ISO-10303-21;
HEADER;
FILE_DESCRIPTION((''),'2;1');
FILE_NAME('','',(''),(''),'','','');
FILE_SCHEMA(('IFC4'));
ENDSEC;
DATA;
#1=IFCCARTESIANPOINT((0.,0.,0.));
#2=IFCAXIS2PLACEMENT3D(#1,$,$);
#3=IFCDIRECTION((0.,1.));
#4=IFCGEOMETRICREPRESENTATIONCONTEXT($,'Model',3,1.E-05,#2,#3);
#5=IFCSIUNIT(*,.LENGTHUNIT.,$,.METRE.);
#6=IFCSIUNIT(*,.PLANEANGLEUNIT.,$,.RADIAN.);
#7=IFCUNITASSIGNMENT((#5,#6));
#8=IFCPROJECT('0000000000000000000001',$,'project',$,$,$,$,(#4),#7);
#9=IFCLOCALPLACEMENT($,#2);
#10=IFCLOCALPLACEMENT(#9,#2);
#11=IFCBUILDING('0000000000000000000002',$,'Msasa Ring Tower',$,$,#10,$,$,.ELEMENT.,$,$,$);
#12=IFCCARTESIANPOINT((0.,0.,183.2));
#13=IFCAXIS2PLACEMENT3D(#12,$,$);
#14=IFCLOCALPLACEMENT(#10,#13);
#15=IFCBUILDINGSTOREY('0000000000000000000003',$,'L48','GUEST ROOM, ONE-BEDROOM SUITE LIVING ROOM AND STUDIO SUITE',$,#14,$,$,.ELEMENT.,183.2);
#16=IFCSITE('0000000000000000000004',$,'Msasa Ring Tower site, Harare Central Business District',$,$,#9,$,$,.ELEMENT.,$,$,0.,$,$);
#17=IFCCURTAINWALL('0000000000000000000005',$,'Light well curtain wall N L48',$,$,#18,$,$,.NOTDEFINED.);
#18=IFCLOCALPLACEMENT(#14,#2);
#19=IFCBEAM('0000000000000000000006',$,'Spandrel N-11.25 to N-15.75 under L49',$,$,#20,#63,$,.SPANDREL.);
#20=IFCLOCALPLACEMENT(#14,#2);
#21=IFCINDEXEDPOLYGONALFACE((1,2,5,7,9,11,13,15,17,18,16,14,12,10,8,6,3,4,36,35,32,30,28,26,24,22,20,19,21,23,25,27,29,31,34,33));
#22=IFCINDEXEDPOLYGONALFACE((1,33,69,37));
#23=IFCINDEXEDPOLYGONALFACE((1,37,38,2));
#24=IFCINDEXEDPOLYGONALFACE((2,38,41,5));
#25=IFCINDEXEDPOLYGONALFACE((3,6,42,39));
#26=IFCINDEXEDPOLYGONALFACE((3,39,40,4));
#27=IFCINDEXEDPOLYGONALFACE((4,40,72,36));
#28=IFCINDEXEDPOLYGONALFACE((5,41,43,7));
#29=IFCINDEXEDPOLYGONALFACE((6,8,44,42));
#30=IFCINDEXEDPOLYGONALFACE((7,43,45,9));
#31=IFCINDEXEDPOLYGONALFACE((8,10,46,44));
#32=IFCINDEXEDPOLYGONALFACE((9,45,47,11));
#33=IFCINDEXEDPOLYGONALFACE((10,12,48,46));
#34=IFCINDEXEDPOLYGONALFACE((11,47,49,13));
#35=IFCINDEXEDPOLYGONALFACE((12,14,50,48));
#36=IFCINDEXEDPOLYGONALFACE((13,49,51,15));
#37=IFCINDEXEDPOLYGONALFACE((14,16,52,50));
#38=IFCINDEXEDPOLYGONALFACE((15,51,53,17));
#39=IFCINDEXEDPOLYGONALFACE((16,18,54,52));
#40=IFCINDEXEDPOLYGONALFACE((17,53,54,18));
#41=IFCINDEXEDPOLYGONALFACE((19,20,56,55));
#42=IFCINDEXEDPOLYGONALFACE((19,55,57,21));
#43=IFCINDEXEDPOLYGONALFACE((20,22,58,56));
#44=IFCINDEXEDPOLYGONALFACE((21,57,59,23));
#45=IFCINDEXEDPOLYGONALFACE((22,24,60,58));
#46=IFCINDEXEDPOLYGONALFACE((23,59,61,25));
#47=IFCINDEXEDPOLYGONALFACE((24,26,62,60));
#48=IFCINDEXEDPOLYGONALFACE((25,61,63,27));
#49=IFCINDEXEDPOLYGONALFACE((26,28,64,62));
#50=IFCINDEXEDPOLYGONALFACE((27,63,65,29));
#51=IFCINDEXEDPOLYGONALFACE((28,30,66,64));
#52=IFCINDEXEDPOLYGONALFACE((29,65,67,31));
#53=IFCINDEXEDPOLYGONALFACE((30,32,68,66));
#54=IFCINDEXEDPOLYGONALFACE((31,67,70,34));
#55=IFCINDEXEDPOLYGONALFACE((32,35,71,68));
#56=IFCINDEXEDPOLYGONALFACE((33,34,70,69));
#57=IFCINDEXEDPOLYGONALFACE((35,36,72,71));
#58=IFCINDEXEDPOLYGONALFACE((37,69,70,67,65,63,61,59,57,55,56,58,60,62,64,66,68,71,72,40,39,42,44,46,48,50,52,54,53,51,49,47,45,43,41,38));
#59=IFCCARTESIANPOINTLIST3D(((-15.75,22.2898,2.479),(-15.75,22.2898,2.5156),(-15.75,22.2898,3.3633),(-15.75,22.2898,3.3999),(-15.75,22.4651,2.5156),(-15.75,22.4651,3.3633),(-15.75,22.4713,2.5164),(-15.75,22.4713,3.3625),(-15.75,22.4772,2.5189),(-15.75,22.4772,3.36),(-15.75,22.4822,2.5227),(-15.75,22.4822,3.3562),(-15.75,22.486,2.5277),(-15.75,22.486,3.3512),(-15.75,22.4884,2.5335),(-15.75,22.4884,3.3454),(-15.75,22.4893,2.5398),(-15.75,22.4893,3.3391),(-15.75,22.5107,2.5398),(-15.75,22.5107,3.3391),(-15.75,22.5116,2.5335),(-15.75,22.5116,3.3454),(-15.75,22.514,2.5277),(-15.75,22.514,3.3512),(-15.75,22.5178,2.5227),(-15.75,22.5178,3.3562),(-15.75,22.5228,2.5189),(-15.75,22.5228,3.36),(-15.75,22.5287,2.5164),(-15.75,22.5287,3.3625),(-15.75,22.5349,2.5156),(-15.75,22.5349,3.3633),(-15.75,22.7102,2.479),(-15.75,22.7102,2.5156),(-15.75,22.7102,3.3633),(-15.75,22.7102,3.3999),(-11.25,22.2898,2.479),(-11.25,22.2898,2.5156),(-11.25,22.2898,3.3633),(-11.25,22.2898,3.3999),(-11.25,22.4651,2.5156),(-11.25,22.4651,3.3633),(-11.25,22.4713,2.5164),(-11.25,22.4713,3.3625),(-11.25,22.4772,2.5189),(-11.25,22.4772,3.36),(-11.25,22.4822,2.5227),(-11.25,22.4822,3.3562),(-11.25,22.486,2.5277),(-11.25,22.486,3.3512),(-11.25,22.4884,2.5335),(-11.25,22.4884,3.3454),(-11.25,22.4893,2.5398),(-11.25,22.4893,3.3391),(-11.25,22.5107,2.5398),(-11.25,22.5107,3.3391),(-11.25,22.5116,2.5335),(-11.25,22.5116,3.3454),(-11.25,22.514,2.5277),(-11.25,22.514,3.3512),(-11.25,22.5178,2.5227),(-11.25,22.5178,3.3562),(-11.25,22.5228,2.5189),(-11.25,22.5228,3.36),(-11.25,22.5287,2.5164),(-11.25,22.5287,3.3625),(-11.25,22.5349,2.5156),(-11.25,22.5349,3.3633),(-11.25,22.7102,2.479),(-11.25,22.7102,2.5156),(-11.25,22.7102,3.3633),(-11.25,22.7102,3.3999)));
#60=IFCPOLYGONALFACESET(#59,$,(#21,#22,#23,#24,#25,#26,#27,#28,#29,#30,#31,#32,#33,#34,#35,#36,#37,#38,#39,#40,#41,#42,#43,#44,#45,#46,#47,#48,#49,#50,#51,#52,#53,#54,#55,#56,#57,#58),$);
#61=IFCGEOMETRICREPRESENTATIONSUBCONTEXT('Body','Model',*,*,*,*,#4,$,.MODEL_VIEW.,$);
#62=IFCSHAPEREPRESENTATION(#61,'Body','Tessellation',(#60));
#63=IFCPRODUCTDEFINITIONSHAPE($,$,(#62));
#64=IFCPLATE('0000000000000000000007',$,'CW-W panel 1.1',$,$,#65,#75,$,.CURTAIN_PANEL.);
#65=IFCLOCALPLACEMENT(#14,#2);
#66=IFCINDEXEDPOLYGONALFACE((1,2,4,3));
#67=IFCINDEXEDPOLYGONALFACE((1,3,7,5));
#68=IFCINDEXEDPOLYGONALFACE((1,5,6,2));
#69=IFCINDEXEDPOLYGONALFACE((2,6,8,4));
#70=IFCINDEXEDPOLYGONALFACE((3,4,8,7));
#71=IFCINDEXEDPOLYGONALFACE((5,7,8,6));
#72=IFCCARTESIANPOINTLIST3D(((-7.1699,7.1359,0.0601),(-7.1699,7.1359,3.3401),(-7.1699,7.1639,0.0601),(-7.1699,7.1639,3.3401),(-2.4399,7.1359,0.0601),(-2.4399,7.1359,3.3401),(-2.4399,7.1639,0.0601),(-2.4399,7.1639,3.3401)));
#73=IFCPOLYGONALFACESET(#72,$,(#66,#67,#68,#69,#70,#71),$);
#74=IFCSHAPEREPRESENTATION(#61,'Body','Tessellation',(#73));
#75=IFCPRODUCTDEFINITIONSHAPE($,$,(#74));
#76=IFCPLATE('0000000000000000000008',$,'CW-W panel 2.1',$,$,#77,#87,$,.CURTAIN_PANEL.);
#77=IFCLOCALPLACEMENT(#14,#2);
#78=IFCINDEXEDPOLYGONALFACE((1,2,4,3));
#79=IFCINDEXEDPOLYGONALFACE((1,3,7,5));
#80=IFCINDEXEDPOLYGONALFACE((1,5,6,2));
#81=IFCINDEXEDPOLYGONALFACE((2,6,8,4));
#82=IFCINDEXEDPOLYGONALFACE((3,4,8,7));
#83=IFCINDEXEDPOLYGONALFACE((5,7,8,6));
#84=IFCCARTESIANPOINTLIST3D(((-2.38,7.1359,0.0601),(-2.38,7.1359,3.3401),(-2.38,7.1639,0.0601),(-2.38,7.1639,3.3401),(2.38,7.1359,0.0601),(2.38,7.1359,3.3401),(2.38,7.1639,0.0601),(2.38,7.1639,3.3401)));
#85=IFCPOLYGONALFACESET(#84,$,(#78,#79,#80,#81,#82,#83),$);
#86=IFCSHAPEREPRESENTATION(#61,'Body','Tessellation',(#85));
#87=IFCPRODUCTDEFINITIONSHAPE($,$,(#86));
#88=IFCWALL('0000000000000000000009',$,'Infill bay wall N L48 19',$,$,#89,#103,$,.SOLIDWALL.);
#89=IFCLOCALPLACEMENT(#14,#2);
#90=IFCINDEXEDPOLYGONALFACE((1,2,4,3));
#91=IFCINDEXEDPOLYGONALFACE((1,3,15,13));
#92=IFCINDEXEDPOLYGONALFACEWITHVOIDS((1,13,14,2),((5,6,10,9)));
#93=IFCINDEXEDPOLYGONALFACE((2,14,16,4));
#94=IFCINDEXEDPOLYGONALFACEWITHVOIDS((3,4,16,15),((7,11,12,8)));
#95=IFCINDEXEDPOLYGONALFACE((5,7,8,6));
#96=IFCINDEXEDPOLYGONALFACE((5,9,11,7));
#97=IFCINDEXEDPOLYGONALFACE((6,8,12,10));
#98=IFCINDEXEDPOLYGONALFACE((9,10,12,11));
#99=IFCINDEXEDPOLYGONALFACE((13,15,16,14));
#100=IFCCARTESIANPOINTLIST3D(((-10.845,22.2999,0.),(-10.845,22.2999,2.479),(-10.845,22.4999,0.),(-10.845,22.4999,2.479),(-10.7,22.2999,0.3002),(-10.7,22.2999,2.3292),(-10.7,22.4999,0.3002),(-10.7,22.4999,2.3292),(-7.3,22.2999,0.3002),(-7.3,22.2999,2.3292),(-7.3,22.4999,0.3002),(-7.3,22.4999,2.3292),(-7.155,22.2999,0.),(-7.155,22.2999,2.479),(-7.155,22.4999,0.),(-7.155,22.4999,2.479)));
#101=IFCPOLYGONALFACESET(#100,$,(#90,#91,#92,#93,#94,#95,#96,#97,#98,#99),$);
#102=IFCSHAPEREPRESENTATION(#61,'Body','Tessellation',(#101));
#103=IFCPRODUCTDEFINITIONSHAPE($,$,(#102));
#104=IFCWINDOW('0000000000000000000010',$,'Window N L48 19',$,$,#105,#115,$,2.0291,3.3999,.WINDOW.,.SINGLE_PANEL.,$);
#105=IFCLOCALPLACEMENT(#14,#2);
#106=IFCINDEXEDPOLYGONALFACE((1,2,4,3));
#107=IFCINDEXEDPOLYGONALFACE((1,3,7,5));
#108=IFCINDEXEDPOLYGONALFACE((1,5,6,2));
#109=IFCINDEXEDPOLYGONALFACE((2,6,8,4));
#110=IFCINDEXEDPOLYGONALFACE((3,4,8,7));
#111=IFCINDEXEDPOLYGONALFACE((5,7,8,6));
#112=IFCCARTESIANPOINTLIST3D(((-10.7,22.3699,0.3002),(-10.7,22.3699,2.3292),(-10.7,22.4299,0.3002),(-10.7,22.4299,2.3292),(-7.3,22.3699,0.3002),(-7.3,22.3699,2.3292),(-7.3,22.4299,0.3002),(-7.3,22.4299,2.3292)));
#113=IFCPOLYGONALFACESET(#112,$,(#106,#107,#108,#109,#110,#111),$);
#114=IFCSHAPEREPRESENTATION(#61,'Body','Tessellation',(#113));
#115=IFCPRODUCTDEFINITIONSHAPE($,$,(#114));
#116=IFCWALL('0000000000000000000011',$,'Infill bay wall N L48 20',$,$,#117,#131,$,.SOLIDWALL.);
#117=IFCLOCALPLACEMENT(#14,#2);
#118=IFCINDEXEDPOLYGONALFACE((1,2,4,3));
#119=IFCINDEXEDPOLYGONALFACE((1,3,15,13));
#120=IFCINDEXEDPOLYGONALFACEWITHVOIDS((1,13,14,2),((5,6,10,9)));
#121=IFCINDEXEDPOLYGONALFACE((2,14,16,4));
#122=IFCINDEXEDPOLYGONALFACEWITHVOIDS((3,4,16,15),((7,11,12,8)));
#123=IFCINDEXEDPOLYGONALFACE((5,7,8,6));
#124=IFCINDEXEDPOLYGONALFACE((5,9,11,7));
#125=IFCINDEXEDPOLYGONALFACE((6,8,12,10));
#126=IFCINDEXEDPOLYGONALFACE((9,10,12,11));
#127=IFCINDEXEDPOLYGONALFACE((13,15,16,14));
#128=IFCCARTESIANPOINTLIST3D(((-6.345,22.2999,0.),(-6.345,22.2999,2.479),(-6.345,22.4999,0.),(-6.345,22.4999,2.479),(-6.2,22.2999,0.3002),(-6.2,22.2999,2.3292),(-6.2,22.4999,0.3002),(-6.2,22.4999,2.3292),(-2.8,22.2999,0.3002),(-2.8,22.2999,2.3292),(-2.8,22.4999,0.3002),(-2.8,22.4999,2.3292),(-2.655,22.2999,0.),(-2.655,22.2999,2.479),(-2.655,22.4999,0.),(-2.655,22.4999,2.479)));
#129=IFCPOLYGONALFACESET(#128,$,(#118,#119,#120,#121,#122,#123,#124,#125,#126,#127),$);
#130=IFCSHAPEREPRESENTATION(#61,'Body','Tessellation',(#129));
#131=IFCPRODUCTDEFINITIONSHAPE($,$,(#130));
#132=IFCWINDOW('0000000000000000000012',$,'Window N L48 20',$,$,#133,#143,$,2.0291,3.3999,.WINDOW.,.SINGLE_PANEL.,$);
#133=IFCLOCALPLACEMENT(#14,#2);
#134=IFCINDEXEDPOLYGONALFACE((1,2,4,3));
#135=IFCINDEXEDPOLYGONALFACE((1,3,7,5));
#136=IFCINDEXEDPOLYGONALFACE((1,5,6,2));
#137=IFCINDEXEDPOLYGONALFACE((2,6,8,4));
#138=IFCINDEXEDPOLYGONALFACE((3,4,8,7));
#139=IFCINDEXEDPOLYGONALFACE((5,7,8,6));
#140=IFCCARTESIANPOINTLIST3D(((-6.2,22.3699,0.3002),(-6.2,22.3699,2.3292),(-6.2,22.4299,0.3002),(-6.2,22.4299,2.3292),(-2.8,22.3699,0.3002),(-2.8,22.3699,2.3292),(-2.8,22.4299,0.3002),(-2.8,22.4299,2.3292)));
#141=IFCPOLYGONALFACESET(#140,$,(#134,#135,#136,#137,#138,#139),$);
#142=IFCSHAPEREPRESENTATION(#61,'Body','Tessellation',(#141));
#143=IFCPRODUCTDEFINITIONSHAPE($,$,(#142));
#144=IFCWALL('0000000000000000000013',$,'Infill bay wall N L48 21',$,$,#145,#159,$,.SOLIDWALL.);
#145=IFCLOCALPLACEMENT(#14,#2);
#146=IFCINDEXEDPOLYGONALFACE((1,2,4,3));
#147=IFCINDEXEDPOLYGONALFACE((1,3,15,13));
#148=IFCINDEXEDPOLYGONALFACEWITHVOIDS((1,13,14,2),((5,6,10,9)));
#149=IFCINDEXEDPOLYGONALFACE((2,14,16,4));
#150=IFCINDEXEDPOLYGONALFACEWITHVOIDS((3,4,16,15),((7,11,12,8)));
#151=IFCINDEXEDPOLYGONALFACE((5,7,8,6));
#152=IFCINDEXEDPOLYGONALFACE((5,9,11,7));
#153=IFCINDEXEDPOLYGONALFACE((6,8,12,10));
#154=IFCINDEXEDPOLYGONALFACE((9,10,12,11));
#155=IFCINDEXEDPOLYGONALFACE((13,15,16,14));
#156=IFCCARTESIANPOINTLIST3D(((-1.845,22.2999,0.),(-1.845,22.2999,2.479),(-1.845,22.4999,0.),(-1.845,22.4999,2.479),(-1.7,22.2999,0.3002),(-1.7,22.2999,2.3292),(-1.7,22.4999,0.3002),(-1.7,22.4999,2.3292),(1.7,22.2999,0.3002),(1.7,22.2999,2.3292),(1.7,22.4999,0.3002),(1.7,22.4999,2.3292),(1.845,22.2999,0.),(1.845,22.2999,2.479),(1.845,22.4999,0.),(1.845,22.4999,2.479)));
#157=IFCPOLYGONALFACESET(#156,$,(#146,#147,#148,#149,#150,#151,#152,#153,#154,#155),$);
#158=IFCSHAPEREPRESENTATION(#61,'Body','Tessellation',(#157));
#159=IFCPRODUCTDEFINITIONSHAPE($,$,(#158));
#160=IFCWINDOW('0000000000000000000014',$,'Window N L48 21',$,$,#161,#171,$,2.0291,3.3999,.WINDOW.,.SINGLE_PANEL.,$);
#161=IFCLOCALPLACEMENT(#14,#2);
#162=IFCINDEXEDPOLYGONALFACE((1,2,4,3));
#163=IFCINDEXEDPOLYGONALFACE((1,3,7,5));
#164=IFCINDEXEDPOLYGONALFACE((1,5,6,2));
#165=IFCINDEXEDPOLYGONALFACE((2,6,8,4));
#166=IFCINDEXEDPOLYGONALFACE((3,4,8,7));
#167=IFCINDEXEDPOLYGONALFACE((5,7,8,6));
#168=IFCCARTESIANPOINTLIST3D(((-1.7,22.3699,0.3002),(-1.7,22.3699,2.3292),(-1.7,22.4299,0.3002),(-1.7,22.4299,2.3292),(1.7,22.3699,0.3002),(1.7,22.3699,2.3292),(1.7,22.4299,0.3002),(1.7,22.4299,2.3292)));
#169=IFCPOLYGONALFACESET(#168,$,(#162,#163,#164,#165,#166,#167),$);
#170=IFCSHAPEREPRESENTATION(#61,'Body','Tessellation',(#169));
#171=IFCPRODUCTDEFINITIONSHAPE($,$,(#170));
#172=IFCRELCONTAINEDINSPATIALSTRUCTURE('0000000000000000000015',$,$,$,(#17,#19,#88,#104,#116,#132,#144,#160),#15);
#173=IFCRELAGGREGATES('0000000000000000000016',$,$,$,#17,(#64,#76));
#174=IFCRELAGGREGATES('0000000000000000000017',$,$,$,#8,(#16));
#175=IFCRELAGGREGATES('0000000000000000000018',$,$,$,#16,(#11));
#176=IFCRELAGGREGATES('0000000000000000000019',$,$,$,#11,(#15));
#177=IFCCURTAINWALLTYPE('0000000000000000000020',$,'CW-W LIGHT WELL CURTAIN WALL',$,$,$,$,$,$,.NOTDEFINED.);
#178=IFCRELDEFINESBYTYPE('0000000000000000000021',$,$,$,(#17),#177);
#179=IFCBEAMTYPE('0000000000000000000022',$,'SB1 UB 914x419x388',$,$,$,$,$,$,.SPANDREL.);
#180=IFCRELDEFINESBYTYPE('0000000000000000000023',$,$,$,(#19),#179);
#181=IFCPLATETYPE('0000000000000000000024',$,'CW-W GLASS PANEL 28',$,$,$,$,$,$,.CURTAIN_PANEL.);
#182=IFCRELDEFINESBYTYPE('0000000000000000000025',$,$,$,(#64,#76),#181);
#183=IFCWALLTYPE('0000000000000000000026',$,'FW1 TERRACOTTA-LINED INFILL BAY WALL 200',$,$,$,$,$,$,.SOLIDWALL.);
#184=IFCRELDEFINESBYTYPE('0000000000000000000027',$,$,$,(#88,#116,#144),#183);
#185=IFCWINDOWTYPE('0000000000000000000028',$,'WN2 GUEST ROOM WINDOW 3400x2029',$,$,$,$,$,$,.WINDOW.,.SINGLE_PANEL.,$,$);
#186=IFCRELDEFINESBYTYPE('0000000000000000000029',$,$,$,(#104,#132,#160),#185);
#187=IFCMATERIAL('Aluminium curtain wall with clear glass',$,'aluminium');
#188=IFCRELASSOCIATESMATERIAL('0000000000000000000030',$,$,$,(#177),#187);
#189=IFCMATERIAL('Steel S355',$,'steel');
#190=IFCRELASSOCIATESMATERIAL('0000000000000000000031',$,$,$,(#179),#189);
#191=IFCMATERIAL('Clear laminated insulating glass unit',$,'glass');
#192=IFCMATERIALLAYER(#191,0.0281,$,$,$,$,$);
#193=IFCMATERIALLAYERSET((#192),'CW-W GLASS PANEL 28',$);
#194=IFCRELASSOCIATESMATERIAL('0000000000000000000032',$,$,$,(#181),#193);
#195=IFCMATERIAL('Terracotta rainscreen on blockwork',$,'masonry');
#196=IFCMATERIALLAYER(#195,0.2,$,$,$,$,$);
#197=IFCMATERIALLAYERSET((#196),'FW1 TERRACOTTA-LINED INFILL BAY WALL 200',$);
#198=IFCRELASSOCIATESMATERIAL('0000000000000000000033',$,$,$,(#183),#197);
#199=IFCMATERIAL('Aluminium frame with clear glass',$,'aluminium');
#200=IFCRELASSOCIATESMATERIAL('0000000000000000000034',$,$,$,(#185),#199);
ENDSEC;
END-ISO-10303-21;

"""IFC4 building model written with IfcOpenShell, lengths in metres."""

from ifc_helpers import new_model, si_unit, direction, frame, frame_2d, origin, origin_2d, place, context, subcontext, project, spatial, rectangle, i_section, extrude, material, layer, layer_set, material_profile, profile_set, type_object, element, fill, aggregate, save


model = new_model("IFC4")

# Units and contexts
model_context = context("Model", 3, precision=1e-05, world=origin(), true_north=direction((0.0, 1.0)))
body_context = subcontext(model_context, "Body", "Model", "MODEL_VIEW")
ifc_project = project(units=[si_unit("LENGTHUNIT", "METRE"), si_unit("PLANEANGLEUNIT", "RADIAN")], contexts=[model_context])

# Site, building, storey
site_placement = place(None, origin())
site = spatial("IfcSite", under=ifc_project, at=site_placement, Name="Msasa Ring Tower site, Harare Central Business District", CompositionType="ELEMENT", RefElevation=0.0)
building_placement = place(site_placement, origin())
building = spatial("IfcBuilding", under=site, at=building_placement, Name="Msasa Ring Tower", CompositionType="ELEMENT")
storey_placement = place(building_placement, frame((0.0, 0.0, 183.2)))
storey = spatial("IfcBuildingStorey", under=building, at=storey_placement, Name="L48", Description="GUEST ROOM, ONE-BEDROOM SUITE LIVING ROOM AND STUDIO SUITE", CompositionType="ELEMENT", Elevation=183.2)

# Curtain wall
ifc_material_1 = material(Name="Aluminium curtain wall with clear glass", Category="aluminium")
curtain_wall_type = type_object("IfcCurtainWallType", Name="CW-W LIGHT WELL CURTAIN WALL", PredefinedType="NOTDEFINED", material=ifc_material_1)
curtain_wall_placement = place(storey_placement, origin())
curtain_wall = element("IfcCurtainWall", 1, at=curtain_wall_placement, inside=storey, type_object=curtain_wall_type, Name="Light well curtain wall N L48", PredefinedType="NOTDEFINED")

# Beam
ifc_material_2 = material(Name="Steel S355", Category="steel")
ifc_material_profile_1 = material_profile(ifc_material_2, i_section(OverallWidth=0.4204, OverallDepth=0.9209, WebThickness=0.0215, FlangeThickness=0.0366, FilletRadius=0.0242, at=origin_2d()), Name="UB 914x419x388")
ifc_profile_set_1 = profile_set([ifc_material_profile_1], Name="Steel S355")
beam_type_1 = type_object("IfcBeamType", Name="SB1 UB 914x419x388", PredefinedType="SPANDREL", material=ifc_profile_set_1)
for number, where, z_axis, x_axis, name in (
    (2, (-11.25, 22.5, 2.9395), (-1.0, 0.0, 0.0), (0.0, -1.0, 0.0), "Spandrel N-11.25 to N-15.75 under L49"),
):
    element("IfcBeam", number, at=place(storey_placement, frame(where, z_axis=z_axis, x_axis=x_axis)), inside=storey, type_object=beam_type_1, Name=name, PredefinedType="SPANDREL", context=body_context, shape_type="SweptSolid", body=[
        extrude(i_section(OverallWidth=0.4204, OverallDepth=0.9209, WebThickness=0.0215, FlangeThickness=0.0366, FilletRadius=0.0242, at=origin_2d()), origin(), (0.0, 0.0, 1.0), 4.5),
    ])

# Plates
ifc_material_3 = material(Name="Clear laminated insulating glass unit", Category="glass")
ifc_layer_1 = layer(ifc_material_3, 0.0281)
ifc_layer_set_1 = layer_set([ifc_layer_1], Name="CW-W GLASS PANEL 28")
plate_type = type_object("IfcPlateType", Name="CW-W GLASS PANEL 28", PredefinedType="CURTAIN_PANEL", material=ifc_layer_set_1)
plate_1_placement = place(storey_placement, frame((-4.8049, 7.1499, 0.0601), z_axis=(0.0, 0.0, 1.0), x_axis=(1.0, 0.0, 0.0)))
plate_1 = element("IfcPlate", 3, at=plate_1_placement, type_object=plate_type, Name="CW-W panel 1.1", PredefinedType="CURTAIN_PANEL", context=body_context, shape_type="SweptSolid", body=[
    extrude(rectangle(XDim=4.73, YDim=0.0281, at=origin_2d()), origin(), (0.0, 0.0, 1.0), 3.28),
])
plate_2_placement = place(storey_placement, frame((0.0, 7.1499, 0.0601), z_axis=(0.0, 0.0, 1.0), x_axis=(1.0, 0.0, 0.0)))
plate_2 = element("IfcPlate", 4, at=plate_2_placement, type_object=plate_type, Name="CW-W panel 2.1", PredefinedType="CURTAIN_PANEL", context=body_context, shape_type="SweptSolid", body=[
    extrude(rectangle(XDim=4.76, YDim=0.0281, at=origin_2d()), origin(), (0.0, 0.0, 1.0), 3.28),
])
aggregate(curtain_wall, [plate_1, plate_2])

# Walls, openings, windows
ifc_material_4 = material(Name="Terracotta rainscreen on blockwork", Category="masonry")
ifc_layer_2 = layer(ifc_material_4, 0.2)
ifc_layer_set_2 = layer_set([ifc_layer_2], Name="FW1 TERRACOTTA-LINED INFILL BAY WALL 200")
wall_type_1 = type_object("IfcWallType", Name="FW1 TERRACOTTA-LINED INFILL BAY WALL 200", PredefinedType="SOLIDWALL", material=ifc_layer_set_2)
wall_1_placement = place(storey_placement, frame((-10.845, 22.3999, 0.0), z_axis=(0.0, 0.0, 1.0), x_axis=(1.0, 0.0, 0.0)))
wall_1 = element("IfcWall", 5, at=wall_1_placement, inside=storey, type_object=wall_type_1, Name="Infill bay wall N L48 19", PredefinedType="SOLIDWALL", context=body_context, shape_type="SweptSolid", body=[
    extrude(rectangle(XDim=3.6899, YDim=0.2, at=frame_2d((1.845, 0.0))), origin(), (0.0, 0.0, 1.0), 2.479),
])
opening_1_placement = place(wall_1_placement, frame((0.145, 0.0, 0.3)))
opening_1 = element("IfcOpeningElement", 6, at=opening_1_placement, cuts=wall_1, PredefinedType="OPENING", context=body_context, shape_type="SweptSolid", body=[
    extrude(rectangle(XDim=3.3999, YDim=2.0291, at=frame_2d((1.7, 1.0146))), frame((0.0, 0.1099, 0.0), z_axis=(0.0, -1.0, 0.0), x_axis=(1.0, 0.0, 0.0)), (0.0, 0.0, 1.0), 0.22),
])
ifc_material_5 = material(Name="Aluminium frame with clear glass", Category="aluminium")
window_type = type_object("IfcWindowType", Name="WN2 GUEST ROOM WINDOW 3400x2029", PartitioningType="SINGLE_PANEL", PredefinedType="WINDOW", material=ifc_material_5)
window_1_placement = place(opening_1_placement, origin())
window_1 = element("IfcWindow", 7, at=window_1_placement, inside=storey, type_object=window_type, Name="Window N L48 19", OverallHeight=2.0291, OverallWidth=3.3999, PartitioningType="SINGLE_PANEL", PredefinedType="WINDOW", context=body_context, shape_type="SweptSolid", body=[
    extrude(rectangle(XDim=3.3999, YDim=2.0291, at=frame_2d((1.7, 1.0146))), frame((0.0, 0.03, 0.0), z_axis=(0.0, -1.0, 0.0), x_axis=(1.0, 0.0, 0.0)), (0.0, 0.0, 1.0), 0.0601),
])
fill(opening_1, window_1)
wall_2_placement = place(storey_placement, frame((-6.345, 22.3999, 0.0), z_axis=(0.0, 0.0, 1.0), x_axis=(1.0, 0.0, 0.0)))
wall_2 = element("IfcWall", 8, at=wall_2_placement, inside=storey, type_object=wall_type_1, Name="Infill bay wall N L48 20", PredefinedType="SOLIDWALL", context=body_context, shape_type="SweptSolid", body=[
    extrude(rectangle(XDim=3.6899, YDim=0.2, at=frame_2d((1.845, 0.0))), origin(), (0.0, 0.0, 1.0), 2.479),
])
opening_2_placement = place(wall_2_placement, frame((0.145, 0.0, 0.3)))
opening_2 = element("IfcOpeningElement", 9, at=opening_2_placement, cuts=wall_2, PredefinedType="OPENING", context=body_context, shape_type="SweptSolid", body=[
    extrude(rectangle(XDim=3.3999, YDim=2.0291, at=frame_2d((1.7, 1.0146))), frame((0.0, 0.1099, 0.0), z_axis=(0.0, -1.0, 0.0), x_axis=(1.0, 0.0, 0.0)), (0.0, 0.0, 1.0), 0.22),
])
window_2_placement = place(opening_2_placement, origin())
window_2 = element("IfcWindow", 10, at=window_2_placement, inside=storey, type_object=window_type, Name="Window N L48 20", OverallHeight=2.0291, OverallWidth=3.3999, PartitioningType="SINGLE_PANEL", PredefinedType="WINDOW", context=body_context, shape_type="SweptSolid", body=[
    extrude(rectangle(XDim=3.3999, YDim=2.0291, at=frame_2d((1.7, 1.0146))), frame((0.0, 0.03, 0.0), z_axis=(0.0, -1.0, 0.0), x_axis=(1.0, 0.0, 0.0)), (0.0, 0.0, 1.0), 0.0601),
])
fill(opening_2, window_2)
wall_3_placement = place(storey_placement, frame((-1.845, 22.3999, 0.0), z_axis=(0.0, 0.0, 1.0), x_axis=(1.0, 0.0, 0.0)))
wall_3 = element("IfcWall", 11, at=wall_3_placement, inside=storey, type_object=wall_type_1, Name="Infill bay wall N L48 21", PredefinedType="SOLIDWALL", context=body_context, shape_type="SweptSolid", body=[
    extrude(rectangle(XDim=3.6899, YDim=0.2, at=frame_2d((1.845, 0.0))), origin(), (0.0, 0.0, 1.0), 2.479),
])
opening_3_placement = place(wall_3_placement, frame((0.145, 0.0, 0.3)))
opening_3 = element("IfcOpeningElement", 12, at=opening_3_placement, cuts=wall_3, PredefinedType="OPENING", context=body_context, shape_type="SweptSolid", body=[
    extrude(rectangle(XDim=3.3999, YDim=2.0291, at=frame_2d((1.7, 1.0146))), frame((0.0, 0.1099, 0.0), z_axis=(0.0, -1.0, 0.0), x_axis=(1.0, 0.0, 0.0)), (0.0, 0.0, 1.0), 0.22),
])
window_3_placement = place(opening_3_placement, origin())
window_3 = element("IfcWindow", 13, at=window_3_placement, inside=storey, type_object=window_type, Name="Window N L48 21", OverallHeight=2.0291, OverallWidth=3.3999, PartitioningType="SINGLE_PANEL", PredefinedType="WINDOW", context=body_context, shape_type="SweptSolid", body=[
    extrude(rectangle(XDim=3.3999, YDim=2.0291, at=frame_2d((1.7, 1.0146))), frame((0.0, 0.03, 0.0), z_axis=(0.0, -1.0, 0.0), x_axis=(1.0, 0.0, 0.0)), (0.0, 0.0, 1.0), 0.0601),
])
fill(opening_3, window_3)

save(model, "model.ifc")
